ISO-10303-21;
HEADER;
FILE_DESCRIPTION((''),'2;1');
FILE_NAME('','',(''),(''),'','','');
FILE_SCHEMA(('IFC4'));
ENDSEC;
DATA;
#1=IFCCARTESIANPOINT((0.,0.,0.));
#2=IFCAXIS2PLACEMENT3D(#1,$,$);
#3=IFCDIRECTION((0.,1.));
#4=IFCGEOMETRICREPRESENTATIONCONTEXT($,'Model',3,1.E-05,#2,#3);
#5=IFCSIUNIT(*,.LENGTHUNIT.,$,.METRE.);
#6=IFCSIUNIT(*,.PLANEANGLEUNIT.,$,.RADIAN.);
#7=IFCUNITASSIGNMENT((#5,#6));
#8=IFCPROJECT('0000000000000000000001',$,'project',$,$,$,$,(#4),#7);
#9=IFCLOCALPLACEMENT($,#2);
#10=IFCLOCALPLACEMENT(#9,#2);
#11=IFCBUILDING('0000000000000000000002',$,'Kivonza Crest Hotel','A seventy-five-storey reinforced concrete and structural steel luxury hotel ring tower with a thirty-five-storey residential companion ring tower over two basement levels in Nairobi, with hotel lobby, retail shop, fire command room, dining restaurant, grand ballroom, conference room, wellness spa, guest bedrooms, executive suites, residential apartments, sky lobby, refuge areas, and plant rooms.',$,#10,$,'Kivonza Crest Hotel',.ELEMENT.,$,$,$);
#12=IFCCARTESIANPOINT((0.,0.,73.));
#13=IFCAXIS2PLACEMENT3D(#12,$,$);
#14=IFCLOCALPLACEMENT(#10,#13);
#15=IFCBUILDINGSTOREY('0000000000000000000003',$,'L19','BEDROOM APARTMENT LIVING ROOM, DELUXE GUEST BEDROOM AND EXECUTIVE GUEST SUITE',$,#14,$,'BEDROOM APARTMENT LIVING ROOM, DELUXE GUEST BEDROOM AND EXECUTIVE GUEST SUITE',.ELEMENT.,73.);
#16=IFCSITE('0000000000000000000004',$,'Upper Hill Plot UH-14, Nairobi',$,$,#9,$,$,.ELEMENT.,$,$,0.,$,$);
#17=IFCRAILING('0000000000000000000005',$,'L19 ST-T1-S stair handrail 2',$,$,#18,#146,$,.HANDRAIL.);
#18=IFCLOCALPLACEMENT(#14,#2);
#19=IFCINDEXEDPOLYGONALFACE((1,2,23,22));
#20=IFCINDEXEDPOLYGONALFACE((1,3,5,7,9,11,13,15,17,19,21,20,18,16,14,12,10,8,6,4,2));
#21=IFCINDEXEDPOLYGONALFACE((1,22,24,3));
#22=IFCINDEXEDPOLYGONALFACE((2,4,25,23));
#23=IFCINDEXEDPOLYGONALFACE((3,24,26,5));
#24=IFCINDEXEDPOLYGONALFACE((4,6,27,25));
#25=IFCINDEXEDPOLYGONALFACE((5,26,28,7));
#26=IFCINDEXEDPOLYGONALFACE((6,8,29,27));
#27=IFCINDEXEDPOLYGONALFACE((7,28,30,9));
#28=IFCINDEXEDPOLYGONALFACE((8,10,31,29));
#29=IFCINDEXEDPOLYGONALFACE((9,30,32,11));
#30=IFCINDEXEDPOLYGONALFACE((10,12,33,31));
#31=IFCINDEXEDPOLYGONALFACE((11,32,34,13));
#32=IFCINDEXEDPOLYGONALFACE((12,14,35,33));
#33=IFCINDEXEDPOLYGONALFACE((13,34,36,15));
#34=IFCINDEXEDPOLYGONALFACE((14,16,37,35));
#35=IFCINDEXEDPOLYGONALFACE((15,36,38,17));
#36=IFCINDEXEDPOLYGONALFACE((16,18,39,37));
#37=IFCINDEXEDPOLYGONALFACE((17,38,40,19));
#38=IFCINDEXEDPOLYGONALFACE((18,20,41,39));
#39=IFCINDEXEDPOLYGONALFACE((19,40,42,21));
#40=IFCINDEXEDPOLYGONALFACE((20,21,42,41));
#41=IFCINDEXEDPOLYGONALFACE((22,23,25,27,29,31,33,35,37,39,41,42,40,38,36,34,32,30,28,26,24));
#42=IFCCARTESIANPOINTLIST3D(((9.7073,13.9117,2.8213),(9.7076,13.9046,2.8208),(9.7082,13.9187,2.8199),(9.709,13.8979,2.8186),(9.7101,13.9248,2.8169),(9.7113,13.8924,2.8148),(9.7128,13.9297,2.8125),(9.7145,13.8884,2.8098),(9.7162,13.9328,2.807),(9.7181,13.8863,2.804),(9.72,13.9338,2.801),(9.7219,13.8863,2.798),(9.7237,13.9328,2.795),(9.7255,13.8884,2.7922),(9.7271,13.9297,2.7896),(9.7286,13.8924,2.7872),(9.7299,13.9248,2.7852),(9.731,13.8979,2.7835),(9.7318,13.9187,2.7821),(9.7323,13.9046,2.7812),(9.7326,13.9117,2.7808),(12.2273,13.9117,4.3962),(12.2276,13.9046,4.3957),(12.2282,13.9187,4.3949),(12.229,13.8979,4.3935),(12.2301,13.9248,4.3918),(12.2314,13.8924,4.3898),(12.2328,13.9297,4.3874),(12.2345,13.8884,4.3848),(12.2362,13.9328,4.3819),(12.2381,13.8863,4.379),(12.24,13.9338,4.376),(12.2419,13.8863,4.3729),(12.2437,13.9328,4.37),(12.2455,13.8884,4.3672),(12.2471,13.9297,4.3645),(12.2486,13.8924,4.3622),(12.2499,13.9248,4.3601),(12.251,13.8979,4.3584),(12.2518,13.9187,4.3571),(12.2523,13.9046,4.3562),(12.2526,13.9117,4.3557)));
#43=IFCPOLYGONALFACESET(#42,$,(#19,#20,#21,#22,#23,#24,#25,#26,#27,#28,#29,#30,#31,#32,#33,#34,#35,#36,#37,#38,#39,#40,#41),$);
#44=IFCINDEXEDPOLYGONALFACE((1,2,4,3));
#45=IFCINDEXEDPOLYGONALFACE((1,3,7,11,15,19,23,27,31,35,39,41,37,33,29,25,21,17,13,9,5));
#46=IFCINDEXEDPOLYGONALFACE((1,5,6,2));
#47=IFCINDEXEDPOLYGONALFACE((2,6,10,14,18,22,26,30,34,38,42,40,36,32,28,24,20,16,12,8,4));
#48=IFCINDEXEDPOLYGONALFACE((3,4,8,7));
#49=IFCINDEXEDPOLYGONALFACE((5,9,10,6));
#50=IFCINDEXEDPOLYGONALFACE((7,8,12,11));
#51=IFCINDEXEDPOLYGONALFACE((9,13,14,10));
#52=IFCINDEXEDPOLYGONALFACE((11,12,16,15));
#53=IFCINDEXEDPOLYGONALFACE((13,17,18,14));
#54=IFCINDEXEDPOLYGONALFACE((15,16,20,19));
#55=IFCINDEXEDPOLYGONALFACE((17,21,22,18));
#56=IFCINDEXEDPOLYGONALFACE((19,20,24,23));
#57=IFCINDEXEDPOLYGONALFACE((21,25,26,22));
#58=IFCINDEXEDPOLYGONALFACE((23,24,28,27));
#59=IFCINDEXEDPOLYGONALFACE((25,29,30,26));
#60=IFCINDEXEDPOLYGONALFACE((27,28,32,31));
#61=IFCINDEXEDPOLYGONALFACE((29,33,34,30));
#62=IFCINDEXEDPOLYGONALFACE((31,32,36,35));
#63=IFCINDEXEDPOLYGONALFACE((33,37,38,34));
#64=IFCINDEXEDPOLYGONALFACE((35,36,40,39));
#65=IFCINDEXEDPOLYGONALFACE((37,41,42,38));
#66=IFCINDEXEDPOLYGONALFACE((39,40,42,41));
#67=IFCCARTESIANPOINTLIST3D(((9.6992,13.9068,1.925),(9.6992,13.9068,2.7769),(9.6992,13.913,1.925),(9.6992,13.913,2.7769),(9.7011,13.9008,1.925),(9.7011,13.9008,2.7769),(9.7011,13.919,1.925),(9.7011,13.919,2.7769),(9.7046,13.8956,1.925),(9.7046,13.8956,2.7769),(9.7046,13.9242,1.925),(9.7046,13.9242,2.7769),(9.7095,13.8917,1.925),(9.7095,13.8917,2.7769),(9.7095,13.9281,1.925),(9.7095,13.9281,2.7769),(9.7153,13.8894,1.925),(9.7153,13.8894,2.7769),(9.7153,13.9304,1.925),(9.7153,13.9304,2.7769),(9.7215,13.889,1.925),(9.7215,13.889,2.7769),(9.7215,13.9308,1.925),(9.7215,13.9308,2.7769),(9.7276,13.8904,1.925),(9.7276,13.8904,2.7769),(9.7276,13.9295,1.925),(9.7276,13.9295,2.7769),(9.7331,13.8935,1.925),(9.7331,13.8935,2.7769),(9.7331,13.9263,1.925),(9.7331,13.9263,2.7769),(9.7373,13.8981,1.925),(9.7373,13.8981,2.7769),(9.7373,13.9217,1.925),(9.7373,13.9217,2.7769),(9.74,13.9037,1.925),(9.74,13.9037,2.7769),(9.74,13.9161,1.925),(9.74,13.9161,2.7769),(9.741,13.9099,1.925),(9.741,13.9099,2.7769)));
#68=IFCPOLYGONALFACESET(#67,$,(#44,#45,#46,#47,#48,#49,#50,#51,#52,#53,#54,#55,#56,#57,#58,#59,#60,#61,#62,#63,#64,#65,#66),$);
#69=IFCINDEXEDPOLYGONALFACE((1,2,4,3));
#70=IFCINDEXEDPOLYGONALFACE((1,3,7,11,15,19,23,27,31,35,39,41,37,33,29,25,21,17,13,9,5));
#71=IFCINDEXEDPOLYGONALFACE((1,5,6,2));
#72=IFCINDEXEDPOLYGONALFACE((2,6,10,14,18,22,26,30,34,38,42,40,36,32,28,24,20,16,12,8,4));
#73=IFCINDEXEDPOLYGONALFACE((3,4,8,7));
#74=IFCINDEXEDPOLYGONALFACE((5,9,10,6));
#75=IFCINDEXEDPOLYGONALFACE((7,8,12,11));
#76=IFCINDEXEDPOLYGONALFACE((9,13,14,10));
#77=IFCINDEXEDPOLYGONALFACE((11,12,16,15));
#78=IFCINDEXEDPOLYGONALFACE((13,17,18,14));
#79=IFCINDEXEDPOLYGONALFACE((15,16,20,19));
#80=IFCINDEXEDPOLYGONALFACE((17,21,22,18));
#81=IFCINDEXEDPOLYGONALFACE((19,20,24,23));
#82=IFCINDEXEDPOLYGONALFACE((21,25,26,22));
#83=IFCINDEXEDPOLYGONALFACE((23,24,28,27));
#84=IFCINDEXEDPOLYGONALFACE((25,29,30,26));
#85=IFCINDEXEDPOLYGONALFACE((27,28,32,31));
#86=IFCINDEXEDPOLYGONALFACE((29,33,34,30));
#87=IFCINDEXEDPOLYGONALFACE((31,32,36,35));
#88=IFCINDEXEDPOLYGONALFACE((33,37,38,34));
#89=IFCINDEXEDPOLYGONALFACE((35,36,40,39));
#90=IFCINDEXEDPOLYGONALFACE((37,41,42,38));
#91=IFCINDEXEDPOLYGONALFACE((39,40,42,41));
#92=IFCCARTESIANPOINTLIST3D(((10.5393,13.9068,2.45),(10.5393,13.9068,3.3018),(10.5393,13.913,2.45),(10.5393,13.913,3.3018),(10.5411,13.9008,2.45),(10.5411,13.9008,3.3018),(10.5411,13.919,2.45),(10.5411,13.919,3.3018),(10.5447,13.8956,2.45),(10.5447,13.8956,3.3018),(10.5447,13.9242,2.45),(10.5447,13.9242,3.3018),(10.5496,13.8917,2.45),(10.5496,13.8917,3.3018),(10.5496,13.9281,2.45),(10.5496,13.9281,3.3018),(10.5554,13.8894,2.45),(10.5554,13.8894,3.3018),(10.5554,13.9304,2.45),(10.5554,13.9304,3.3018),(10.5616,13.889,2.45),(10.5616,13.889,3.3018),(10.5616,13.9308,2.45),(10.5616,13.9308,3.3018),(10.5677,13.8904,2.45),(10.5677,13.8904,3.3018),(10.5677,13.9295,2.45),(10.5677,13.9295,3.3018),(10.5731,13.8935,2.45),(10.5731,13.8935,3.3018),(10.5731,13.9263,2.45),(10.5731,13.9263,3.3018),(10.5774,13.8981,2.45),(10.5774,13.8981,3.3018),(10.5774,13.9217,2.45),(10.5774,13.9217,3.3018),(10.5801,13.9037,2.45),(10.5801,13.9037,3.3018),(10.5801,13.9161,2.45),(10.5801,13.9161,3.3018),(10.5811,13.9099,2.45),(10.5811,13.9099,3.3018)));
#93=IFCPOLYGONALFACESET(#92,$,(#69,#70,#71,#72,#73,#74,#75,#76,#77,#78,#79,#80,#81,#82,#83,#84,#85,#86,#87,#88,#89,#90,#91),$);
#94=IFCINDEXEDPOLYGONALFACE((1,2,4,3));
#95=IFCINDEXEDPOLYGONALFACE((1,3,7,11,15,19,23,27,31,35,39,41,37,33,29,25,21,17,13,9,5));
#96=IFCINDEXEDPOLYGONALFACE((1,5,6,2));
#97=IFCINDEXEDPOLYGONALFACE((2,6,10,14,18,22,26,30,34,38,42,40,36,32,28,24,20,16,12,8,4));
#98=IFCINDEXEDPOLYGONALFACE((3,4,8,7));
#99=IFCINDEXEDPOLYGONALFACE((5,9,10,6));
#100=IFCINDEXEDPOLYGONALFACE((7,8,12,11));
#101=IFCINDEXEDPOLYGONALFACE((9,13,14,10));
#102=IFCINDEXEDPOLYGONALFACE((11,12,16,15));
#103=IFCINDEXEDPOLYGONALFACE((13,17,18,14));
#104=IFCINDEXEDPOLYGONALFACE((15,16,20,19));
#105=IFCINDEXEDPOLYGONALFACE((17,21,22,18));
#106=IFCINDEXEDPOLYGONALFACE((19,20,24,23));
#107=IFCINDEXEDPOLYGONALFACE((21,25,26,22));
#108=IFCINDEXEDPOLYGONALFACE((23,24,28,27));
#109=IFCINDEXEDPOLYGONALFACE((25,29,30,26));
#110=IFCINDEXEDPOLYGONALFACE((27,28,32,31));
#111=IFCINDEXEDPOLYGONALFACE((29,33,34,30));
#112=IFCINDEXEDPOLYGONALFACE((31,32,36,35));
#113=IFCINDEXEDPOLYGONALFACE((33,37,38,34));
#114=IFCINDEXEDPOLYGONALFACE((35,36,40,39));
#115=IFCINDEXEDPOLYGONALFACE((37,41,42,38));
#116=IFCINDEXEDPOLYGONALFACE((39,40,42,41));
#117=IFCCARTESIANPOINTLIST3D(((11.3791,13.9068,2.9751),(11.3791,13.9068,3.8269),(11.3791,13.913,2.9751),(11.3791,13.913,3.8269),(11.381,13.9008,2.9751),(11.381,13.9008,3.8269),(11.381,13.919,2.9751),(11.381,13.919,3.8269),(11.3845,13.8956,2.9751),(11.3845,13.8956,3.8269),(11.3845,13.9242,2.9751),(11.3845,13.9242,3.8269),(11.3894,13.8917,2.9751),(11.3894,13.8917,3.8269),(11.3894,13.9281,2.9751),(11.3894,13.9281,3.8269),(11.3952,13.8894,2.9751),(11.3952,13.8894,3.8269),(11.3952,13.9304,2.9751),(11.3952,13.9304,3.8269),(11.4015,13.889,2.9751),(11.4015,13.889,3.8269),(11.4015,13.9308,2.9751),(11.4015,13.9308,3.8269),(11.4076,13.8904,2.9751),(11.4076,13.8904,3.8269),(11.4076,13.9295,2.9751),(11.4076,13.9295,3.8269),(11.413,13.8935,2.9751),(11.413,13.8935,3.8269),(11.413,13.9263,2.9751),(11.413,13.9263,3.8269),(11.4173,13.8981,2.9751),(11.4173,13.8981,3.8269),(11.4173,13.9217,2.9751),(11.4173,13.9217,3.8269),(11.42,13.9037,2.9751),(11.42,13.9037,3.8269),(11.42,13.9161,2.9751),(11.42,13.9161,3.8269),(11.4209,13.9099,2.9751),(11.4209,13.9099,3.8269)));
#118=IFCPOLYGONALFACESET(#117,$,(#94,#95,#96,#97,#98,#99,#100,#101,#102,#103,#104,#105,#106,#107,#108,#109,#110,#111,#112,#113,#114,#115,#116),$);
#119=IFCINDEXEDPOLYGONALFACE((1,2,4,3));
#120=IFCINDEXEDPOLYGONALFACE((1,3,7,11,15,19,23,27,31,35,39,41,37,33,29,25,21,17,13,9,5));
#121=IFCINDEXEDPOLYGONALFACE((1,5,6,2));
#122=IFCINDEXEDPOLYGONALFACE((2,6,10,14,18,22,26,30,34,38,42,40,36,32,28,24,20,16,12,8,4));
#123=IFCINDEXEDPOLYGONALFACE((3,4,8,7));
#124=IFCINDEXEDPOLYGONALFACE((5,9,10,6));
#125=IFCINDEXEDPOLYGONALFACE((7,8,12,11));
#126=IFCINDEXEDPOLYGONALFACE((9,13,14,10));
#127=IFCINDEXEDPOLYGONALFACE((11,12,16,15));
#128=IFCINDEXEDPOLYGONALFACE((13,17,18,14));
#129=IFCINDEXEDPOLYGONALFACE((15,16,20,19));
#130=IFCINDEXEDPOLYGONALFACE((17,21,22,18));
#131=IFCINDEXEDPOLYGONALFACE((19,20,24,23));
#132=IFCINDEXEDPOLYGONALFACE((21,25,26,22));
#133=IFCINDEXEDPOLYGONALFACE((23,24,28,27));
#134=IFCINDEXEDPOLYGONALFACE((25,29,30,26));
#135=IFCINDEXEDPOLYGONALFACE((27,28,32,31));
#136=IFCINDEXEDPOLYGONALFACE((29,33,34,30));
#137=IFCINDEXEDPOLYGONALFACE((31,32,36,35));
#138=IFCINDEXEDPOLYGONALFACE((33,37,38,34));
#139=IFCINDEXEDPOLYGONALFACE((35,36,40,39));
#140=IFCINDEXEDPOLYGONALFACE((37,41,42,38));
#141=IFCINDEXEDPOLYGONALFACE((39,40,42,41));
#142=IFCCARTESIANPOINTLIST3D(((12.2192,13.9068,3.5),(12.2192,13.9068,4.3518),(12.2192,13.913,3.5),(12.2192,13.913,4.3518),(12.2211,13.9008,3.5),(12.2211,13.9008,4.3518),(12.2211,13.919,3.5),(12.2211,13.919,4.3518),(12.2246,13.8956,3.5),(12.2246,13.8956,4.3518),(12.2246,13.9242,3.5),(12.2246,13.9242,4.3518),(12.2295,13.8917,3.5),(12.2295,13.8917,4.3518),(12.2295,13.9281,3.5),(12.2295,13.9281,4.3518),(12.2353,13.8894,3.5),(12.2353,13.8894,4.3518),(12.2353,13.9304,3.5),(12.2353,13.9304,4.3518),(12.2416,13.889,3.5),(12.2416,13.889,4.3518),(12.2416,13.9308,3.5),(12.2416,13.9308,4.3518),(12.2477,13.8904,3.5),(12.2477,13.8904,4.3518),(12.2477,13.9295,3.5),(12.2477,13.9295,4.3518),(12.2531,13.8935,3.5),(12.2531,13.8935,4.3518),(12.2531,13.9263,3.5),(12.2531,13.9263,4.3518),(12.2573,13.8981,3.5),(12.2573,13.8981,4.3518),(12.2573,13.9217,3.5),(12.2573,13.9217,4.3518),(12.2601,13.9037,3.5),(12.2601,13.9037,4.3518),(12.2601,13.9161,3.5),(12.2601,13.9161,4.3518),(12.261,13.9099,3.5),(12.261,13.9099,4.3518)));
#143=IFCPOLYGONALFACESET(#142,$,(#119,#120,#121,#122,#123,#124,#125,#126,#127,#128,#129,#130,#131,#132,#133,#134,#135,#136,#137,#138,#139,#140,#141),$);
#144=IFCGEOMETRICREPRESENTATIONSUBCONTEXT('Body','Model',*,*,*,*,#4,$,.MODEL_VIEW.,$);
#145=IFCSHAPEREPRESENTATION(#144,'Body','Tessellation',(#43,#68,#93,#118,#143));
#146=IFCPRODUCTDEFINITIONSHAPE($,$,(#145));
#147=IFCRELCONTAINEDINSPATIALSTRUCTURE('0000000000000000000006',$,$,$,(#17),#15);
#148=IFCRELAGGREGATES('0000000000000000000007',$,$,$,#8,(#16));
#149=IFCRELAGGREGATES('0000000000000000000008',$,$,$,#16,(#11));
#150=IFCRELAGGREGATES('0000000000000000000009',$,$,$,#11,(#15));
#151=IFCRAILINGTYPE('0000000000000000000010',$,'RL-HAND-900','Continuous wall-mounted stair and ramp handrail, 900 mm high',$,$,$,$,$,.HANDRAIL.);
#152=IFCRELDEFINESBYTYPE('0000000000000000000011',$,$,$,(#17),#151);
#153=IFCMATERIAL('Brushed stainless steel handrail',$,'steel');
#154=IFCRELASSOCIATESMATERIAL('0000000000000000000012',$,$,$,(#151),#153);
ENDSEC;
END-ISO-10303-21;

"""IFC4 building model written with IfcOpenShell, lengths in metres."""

from ifc_helpers import new_model, si_unit, direction, frame, origin, origin_2d, place, context, subcontext, project, spatial, circle, extrude, material, type_object, element, save


model = new_model("IFC4")

# Units and contexts
model_context = context("Model", 3, precision=1e-05, world=origin(), true_north=direction((0.0, 1.0)))
body_context = subcontext(model_context, "Body", "Model", "MODEL_VIEW")
ifc_project = project(units=[si_unit("LENGTHUNIT", "METRE"), si_unit("PLANEANGLEUNIT", "RADIAN")], contexts=[model_context])

# Site, building, storey
site_placement = place(None, origin())
site = spatial("IfcSite", under=ifc_project, at=site_placement, Name="Upper Hill Plot UH-14, Nairobi", CompositionType="ELEMENT", RefElevation=0.0)
building_placement = place(site_placement, origin())
building = spatial("IfcBuilding", under=site, at=building_placement, Name="Kivonza Crest Hotel", Description="A seventy-five-storey reinforced concrete and structural steel luxury hotel ring tower with a thirty-five-storey residential companion ring tower over two basement levels in Nairobi, with hotel lobby, retail shop, fire command room, dining restaurant, grand ballroom, conference room, wellness spa, guest bedrooms, executive suites, residential apartments, sky lobby, refuge areas, and plant rooms.", LongName="Kivonza Crest Hotel", CompositionType="ELEMENT")
storey_placement = place(building_placement, frame((0.0, 0.0, 73.0)))
storey = spatial("IfcBuildingStorey", under=building, at=storey_placement, Name="L19", Description="BEDROOM APARTMENT LIVING ROOM, DELUXE GUEST BEDROOM AND EXECUTIVE GUEST SUITE", LongName="BEDROOM APARTMENT LIVING ROOM, DELUXE GUEST BEDROOM AND EXECUTIVE GUEST SUITE", CompositionType="ELEMENT", Elevation=73.0)

# Railing
ifc_material_1 = material(Name="Brushed stainless steel handrail", Category="steel")
railing_type_1 = type_object("IfcRailingType", Name="RL-HAND-900", Description="Continuous wall-mounted stair and ramp handrail, 900 mm high", PredefinedType="HANDRAIL", material=ifc_material_1)
railing_1_placement = place(storey_placement, frame((9.72, 13.9099, 1.925)))
element("IfcRailing", 1, at=railing_1_placement, inside=storey, type_object=railing_type_1, Name="L19 ST-T1-S stair handrail 2", PredefinedType="HANDRAIL", context=body_context, shape_type="SweptSolid", body=[
    extrude(circle(Radius=0.0239, at=origin_2d()), frame((0.0, 0.0, 0.876), z_axis=(0.848008, 0.0, 0.529984), x_axis=(0.0, 1.0, 0.0)), (0.0, 0.0, 1.0), 2.9717),
    extrude(circle(Radius=0.021, at=origin_2d()), origin(), (0.0, 0.0, 1.0), 0.8518),
    extrude(circle(Radius=0.021, at=origin_2d()), frame((0.8401, 0.0, 0.5249)), (0.0, 0.0, 1.0), 0.8518),
    extrude(circle(Radius=0.021, at=origin_2d()), frame((1.6799, 0.0, 1.05)), (0.0, 0.0, 1.0), 0.8518),
    extrude(circle(Radius=0.021, at=origin_2d()), frame((2.52, 0.0, 1.575)), (0.0, 0.0, 1.0), 0.8518),
])

save(model, "model.ifc")
